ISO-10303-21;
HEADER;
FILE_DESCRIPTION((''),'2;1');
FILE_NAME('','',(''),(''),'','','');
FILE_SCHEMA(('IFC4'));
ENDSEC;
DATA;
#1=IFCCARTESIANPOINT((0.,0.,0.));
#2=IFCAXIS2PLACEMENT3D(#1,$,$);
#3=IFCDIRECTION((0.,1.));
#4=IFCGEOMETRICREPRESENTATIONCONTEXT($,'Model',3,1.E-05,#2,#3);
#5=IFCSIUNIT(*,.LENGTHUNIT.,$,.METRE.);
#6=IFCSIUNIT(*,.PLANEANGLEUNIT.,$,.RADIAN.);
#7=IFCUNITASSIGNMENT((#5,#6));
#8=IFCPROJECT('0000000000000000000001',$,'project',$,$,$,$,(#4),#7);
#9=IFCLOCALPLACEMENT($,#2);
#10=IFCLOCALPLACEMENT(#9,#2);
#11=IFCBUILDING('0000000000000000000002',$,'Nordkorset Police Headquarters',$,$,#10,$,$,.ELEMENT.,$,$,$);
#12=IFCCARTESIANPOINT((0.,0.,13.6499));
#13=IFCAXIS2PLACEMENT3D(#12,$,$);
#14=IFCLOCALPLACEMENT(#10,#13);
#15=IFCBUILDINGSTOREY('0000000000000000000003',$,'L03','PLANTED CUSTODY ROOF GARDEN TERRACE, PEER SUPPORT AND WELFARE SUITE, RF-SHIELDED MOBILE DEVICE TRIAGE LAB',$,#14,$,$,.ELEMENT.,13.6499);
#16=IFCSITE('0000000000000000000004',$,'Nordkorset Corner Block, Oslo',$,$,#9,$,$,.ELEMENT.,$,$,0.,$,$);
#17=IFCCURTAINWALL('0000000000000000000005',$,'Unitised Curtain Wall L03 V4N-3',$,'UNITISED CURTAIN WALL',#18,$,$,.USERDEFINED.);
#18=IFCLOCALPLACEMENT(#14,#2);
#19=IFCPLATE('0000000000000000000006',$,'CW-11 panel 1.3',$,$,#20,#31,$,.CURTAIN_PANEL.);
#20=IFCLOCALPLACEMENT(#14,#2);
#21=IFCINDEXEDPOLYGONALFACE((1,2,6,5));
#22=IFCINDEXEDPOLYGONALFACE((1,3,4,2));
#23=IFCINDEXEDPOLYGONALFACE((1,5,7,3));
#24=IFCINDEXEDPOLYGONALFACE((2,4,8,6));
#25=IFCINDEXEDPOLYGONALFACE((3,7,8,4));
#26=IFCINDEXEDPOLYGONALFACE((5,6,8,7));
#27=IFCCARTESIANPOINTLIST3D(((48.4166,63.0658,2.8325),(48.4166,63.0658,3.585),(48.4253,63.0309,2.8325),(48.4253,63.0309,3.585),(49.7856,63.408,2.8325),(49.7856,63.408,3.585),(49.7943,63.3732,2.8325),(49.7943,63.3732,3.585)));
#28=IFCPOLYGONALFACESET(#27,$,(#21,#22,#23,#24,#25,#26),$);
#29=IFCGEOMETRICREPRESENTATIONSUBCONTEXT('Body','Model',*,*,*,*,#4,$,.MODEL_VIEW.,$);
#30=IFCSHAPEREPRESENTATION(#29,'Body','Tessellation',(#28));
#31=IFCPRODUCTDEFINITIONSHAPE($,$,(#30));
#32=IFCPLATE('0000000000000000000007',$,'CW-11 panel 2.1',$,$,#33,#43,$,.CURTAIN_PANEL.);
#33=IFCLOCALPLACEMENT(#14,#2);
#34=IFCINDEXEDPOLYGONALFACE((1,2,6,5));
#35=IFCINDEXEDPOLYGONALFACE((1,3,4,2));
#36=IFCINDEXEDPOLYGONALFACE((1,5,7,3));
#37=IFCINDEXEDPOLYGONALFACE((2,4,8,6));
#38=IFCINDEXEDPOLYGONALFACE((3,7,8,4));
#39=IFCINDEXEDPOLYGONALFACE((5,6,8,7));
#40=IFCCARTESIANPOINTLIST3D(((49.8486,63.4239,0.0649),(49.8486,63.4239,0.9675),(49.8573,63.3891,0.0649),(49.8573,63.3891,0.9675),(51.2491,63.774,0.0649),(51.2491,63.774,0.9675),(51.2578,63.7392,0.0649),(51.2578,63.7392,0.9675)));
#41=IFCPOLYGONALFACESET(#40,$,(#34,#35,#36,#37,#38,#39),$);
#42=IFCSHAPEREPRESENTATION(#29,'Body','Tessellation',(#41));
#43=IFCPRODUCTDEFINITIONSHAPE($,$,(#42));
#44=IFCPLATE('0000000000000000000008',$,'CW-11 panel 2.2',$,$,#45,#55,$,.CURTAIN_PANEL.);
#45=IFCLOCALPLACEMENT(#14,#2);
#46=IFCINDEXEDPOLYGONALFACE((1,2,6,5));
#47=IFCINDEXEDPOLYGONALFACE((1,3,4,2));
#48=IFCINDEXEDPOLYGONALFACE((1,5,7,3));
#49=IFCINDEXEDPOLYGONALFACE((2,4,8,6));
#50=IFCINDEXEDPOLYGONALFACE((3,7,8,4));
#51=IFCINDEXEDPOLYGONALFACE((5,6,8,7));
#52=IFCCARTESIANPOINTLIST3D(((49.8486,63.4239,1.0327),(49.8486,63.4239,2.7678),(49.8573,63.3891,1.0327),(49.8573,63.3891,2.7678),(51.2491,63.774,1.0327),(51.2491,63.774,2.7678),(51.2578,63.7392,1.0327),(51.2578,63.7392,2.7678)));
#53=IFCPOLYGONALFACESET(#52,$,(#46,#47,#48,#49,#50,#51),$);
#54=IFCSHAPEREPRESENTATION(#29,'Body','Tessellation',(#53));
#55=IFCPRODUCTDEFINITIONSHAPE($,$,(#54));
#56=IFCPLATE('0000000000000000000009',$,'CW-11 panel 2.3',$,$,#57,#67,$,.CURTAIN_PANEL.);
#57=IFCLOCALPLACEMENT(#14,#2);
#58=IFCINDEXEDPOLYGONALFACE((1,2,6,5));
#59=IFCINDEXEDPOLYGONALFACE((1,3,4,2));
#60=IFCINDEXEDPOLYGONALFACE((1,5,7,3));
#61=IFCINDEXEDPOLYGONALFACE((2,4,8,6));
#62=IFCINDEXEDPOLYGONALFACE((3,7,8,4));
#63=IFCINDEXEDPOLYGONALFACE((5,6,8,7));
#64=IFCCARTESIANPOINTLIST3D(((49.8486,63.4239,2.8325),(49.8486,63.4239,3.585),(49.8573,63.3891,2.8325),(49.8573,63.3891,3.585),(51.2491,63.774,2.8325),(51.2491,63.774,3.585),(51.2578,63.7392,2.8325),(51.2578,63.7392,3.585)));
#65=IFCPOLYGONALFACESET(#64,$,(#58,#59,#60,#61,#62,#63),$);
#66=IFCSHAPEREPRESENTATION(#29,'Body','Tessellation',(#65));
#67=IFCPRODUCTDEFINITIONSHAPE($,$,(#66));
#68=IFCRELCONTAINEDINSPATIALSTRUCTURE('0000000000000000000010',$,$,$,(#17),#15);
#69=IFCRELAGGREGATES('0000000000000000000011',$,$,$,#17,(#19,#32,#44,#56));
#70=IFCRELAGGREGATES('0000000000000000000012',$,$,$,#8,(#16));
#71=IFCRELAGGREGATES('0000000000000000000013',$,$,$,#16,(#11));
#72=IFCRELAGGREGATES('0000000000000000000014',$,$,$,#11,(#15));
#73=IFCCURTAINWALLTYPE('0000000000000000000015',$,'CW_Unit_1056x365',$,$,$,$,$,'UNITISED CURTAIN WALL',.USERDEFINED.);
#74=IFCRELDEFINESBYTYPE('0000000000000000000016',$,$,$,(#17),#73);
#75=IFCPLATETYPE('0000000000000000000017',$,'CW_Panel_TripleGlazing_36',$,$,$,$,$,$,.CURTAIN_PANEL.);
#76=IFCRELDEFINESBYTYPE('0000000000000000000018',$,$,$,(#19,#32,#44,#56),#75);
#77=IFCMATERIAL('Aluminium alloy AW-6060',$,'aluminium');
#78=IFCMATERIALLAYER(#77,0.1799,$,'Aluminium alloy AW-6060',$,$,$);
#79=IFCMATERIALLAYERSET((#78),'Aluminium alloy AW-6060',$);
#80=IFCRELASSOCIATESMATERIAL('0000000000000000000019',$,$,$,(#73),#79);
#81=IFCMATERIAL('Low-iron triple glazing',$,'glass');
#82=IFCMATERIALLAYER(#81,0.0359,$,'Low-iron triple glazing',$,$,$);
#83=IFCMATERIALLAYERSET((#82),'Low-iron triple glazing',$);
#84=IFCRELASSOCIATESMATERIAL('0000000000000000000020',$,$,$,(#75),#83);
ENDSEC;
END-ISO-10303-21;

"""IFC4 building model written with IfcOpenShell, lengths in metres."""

from ifc_helpers import new_model, si_unit, direction, frame, origin, origin_2d, place, context, subcontext, project, spatial, rectangle, extrude, material, layer, layer_set, type_object, element, aggregate, save


model = new_model("IFC4")

# Units and contexts
model_context = context("Model", 3, precision=1e-05, world=origin(), true_north=direction((0.0, 1.0)))
body_context = subcontext(model_context, "Body", "Model", "MODEL_VIEW")
ifc_project = project(units=[si_unit("LENGTHUNIT", "METRE"), si_unit("PLANEANGLEUNIT", "RADIAN")], contexts=[model_context])

# Site, building, storey
site_placement = place(None, origin())
site = spatial("IfcSite", under=ifc_project, at=site_placement, Name="Nordkorset Corner Block, Oslo", CompositionType="ELEMENT", RefElevation=0.0)
building_placement = place(site_placement, origin())
building = spatial("IfcBuilding", under=site, at=building_placement, Name="Nordkorset Police Headquarters", CompositionType="ELEMENT")
storey_placement = place(building_placement, frame((0.0, 0.0, 13.6499)))
storey = spatial("IfcBuildingStorey", under=building, at=storey_placement, Name="L03", Description="PLANTED CUSTODY ROOF GARDEN TERRACE, PEER SUPPORT AND WELFARE SUITE, RF-SHIELDED MOBILE DEVICE TRIAGE LAB", CompositionType="ELEMENT", Elevation=13.6499)

# Curtain wall
ifc_material_1 = material(Name="Aluminium alloy AW-6060", Category="aluminium")
ifc_layer_1 = layer(ifc_material_1, 0.1799, Name="Aluminium alloy AW-6060")
ifc_layer_set_1 = layer_set([ifc_layer_1], Name="Aluminium alloy AW-6060")
curtain_wall_type_1 = type_object("IfcCurtainWallType", Name="CW_Unit_1056x365", ElementType="UNITISED CURTAIN WALL", PredefinedType="USERDEFINED", material=ifc_layer_set_1)
curtain_wall_1_placement = place(storey_placement, origin())
curtain_wall_1 = element("IfcCurtainWall", 1, at=curtain_wall_1_placement, inside=storey, type_object=curtain_wall_type_1, Name="Unitised Curtain Wall L03 V4N-3", ObjectType="UNITISED CURTAIN WALL", PredefinedType="USERDEFINED")

# Plates
ifc_material_2 = material(Name="Low-iron triple glazing", Category="glass")
ifc_layer_2 = layer(ifc_material_2, 0.0359, Name="Low-iron triple glazing")
ifc_layer_set_2 = layer_set([ifc_layer_2], Name="Low-iron triple glazing")
plate_type = type_object("IfcPlateType", Name="CW_Panel_TripleGlazing_36", PredefinedType="CURTAIN_PANEL", material=ifc_layer_set_2)
plate_1_placement = place(storey_placement, frame((49.1055, 63.2195, 2.8325), z_axis=(0.0, 0.0, 1.0), x_axis=(0.970142, 0.242536, 0.0)))
plate_1 = element("IfcPlate", 2, at=plate_1_placement, type_object=plate_type, Name="CW-11 panel 1.3", PredefinedType="CURTAIN_PANEL", context=body_context, shape_type="SweptSolid", body=[
    extrude(rectangle(XDim=1.4111, YDim=0.0359, at=origin_2d()), origin(), (0.0, 0.0, 1.0), 0.7524),
])
plate_2_placement = place(storey_placement, frame((50.5532, 63.5815, 0.0649), z_axis=(0.0, 0.0, 1.0), x_axis=(0.970142, 0.242536, 0.0)))
plate_2 = element("IfcPlate", 3, at=plate_2_placement, type_object=plate_type, Name="CW-11 panel 2.1", PredefinedType="CURTAIN_PANEL", context=body_context, shape_type="SweptSolid", body=[
    extrude(rectangle(XDim=1.4436, YDim=0.0359, at=origin_2d()), origin(), (0.0, 0.0, 1.0), 0.9026),
])
plate_3_placement = place(storey_placement, frame((50.5532, 63.5815, 1.0327), z_axis=(0.0, 0.0, 1.0), x_axis=(0.970142, 0.242536, 0.0)))
plate_3 = element("IfcPlate", 4, at=plate_3_placement, type_object=plate_type, Name="CW-11 panel 2.2", PredefinedType="CURTAIN_PANEL", context=body_context, shape_type="SweptSolid", body=[
    extrude(rectangle(XDim=1.4436, YDim=0.0359, at=origin_2d()), origin(), (0.0, 0.0, 1.0), 1.7351),
])
plate_4_placement = place(storey_placement, frame((50.5532, 63.5815, 2.8325), z_axis=(0.0, 0.0, 1.0), x_axis=(0.970142, 0.242536, 0.0)))
plate_4 = element("IfcPlate", 5, at=plate_4_placement, type_object=plate_type, Name="CW-11 panel 2.3", PredefinedType="CURTAIN_PANEL", context=body_context, shape_type="SweptSolid", body=[
    extrude(rectangle(XDim=1.4436, YDim=0.0359, at=origin_2d()), origin(), (0.0, 0.0, 1.0), 0.7524),
])
aggregate(curtain_wall_1, [plate_1, plate_2, plate_3, plate_4])

save(model, "model.ifc")
